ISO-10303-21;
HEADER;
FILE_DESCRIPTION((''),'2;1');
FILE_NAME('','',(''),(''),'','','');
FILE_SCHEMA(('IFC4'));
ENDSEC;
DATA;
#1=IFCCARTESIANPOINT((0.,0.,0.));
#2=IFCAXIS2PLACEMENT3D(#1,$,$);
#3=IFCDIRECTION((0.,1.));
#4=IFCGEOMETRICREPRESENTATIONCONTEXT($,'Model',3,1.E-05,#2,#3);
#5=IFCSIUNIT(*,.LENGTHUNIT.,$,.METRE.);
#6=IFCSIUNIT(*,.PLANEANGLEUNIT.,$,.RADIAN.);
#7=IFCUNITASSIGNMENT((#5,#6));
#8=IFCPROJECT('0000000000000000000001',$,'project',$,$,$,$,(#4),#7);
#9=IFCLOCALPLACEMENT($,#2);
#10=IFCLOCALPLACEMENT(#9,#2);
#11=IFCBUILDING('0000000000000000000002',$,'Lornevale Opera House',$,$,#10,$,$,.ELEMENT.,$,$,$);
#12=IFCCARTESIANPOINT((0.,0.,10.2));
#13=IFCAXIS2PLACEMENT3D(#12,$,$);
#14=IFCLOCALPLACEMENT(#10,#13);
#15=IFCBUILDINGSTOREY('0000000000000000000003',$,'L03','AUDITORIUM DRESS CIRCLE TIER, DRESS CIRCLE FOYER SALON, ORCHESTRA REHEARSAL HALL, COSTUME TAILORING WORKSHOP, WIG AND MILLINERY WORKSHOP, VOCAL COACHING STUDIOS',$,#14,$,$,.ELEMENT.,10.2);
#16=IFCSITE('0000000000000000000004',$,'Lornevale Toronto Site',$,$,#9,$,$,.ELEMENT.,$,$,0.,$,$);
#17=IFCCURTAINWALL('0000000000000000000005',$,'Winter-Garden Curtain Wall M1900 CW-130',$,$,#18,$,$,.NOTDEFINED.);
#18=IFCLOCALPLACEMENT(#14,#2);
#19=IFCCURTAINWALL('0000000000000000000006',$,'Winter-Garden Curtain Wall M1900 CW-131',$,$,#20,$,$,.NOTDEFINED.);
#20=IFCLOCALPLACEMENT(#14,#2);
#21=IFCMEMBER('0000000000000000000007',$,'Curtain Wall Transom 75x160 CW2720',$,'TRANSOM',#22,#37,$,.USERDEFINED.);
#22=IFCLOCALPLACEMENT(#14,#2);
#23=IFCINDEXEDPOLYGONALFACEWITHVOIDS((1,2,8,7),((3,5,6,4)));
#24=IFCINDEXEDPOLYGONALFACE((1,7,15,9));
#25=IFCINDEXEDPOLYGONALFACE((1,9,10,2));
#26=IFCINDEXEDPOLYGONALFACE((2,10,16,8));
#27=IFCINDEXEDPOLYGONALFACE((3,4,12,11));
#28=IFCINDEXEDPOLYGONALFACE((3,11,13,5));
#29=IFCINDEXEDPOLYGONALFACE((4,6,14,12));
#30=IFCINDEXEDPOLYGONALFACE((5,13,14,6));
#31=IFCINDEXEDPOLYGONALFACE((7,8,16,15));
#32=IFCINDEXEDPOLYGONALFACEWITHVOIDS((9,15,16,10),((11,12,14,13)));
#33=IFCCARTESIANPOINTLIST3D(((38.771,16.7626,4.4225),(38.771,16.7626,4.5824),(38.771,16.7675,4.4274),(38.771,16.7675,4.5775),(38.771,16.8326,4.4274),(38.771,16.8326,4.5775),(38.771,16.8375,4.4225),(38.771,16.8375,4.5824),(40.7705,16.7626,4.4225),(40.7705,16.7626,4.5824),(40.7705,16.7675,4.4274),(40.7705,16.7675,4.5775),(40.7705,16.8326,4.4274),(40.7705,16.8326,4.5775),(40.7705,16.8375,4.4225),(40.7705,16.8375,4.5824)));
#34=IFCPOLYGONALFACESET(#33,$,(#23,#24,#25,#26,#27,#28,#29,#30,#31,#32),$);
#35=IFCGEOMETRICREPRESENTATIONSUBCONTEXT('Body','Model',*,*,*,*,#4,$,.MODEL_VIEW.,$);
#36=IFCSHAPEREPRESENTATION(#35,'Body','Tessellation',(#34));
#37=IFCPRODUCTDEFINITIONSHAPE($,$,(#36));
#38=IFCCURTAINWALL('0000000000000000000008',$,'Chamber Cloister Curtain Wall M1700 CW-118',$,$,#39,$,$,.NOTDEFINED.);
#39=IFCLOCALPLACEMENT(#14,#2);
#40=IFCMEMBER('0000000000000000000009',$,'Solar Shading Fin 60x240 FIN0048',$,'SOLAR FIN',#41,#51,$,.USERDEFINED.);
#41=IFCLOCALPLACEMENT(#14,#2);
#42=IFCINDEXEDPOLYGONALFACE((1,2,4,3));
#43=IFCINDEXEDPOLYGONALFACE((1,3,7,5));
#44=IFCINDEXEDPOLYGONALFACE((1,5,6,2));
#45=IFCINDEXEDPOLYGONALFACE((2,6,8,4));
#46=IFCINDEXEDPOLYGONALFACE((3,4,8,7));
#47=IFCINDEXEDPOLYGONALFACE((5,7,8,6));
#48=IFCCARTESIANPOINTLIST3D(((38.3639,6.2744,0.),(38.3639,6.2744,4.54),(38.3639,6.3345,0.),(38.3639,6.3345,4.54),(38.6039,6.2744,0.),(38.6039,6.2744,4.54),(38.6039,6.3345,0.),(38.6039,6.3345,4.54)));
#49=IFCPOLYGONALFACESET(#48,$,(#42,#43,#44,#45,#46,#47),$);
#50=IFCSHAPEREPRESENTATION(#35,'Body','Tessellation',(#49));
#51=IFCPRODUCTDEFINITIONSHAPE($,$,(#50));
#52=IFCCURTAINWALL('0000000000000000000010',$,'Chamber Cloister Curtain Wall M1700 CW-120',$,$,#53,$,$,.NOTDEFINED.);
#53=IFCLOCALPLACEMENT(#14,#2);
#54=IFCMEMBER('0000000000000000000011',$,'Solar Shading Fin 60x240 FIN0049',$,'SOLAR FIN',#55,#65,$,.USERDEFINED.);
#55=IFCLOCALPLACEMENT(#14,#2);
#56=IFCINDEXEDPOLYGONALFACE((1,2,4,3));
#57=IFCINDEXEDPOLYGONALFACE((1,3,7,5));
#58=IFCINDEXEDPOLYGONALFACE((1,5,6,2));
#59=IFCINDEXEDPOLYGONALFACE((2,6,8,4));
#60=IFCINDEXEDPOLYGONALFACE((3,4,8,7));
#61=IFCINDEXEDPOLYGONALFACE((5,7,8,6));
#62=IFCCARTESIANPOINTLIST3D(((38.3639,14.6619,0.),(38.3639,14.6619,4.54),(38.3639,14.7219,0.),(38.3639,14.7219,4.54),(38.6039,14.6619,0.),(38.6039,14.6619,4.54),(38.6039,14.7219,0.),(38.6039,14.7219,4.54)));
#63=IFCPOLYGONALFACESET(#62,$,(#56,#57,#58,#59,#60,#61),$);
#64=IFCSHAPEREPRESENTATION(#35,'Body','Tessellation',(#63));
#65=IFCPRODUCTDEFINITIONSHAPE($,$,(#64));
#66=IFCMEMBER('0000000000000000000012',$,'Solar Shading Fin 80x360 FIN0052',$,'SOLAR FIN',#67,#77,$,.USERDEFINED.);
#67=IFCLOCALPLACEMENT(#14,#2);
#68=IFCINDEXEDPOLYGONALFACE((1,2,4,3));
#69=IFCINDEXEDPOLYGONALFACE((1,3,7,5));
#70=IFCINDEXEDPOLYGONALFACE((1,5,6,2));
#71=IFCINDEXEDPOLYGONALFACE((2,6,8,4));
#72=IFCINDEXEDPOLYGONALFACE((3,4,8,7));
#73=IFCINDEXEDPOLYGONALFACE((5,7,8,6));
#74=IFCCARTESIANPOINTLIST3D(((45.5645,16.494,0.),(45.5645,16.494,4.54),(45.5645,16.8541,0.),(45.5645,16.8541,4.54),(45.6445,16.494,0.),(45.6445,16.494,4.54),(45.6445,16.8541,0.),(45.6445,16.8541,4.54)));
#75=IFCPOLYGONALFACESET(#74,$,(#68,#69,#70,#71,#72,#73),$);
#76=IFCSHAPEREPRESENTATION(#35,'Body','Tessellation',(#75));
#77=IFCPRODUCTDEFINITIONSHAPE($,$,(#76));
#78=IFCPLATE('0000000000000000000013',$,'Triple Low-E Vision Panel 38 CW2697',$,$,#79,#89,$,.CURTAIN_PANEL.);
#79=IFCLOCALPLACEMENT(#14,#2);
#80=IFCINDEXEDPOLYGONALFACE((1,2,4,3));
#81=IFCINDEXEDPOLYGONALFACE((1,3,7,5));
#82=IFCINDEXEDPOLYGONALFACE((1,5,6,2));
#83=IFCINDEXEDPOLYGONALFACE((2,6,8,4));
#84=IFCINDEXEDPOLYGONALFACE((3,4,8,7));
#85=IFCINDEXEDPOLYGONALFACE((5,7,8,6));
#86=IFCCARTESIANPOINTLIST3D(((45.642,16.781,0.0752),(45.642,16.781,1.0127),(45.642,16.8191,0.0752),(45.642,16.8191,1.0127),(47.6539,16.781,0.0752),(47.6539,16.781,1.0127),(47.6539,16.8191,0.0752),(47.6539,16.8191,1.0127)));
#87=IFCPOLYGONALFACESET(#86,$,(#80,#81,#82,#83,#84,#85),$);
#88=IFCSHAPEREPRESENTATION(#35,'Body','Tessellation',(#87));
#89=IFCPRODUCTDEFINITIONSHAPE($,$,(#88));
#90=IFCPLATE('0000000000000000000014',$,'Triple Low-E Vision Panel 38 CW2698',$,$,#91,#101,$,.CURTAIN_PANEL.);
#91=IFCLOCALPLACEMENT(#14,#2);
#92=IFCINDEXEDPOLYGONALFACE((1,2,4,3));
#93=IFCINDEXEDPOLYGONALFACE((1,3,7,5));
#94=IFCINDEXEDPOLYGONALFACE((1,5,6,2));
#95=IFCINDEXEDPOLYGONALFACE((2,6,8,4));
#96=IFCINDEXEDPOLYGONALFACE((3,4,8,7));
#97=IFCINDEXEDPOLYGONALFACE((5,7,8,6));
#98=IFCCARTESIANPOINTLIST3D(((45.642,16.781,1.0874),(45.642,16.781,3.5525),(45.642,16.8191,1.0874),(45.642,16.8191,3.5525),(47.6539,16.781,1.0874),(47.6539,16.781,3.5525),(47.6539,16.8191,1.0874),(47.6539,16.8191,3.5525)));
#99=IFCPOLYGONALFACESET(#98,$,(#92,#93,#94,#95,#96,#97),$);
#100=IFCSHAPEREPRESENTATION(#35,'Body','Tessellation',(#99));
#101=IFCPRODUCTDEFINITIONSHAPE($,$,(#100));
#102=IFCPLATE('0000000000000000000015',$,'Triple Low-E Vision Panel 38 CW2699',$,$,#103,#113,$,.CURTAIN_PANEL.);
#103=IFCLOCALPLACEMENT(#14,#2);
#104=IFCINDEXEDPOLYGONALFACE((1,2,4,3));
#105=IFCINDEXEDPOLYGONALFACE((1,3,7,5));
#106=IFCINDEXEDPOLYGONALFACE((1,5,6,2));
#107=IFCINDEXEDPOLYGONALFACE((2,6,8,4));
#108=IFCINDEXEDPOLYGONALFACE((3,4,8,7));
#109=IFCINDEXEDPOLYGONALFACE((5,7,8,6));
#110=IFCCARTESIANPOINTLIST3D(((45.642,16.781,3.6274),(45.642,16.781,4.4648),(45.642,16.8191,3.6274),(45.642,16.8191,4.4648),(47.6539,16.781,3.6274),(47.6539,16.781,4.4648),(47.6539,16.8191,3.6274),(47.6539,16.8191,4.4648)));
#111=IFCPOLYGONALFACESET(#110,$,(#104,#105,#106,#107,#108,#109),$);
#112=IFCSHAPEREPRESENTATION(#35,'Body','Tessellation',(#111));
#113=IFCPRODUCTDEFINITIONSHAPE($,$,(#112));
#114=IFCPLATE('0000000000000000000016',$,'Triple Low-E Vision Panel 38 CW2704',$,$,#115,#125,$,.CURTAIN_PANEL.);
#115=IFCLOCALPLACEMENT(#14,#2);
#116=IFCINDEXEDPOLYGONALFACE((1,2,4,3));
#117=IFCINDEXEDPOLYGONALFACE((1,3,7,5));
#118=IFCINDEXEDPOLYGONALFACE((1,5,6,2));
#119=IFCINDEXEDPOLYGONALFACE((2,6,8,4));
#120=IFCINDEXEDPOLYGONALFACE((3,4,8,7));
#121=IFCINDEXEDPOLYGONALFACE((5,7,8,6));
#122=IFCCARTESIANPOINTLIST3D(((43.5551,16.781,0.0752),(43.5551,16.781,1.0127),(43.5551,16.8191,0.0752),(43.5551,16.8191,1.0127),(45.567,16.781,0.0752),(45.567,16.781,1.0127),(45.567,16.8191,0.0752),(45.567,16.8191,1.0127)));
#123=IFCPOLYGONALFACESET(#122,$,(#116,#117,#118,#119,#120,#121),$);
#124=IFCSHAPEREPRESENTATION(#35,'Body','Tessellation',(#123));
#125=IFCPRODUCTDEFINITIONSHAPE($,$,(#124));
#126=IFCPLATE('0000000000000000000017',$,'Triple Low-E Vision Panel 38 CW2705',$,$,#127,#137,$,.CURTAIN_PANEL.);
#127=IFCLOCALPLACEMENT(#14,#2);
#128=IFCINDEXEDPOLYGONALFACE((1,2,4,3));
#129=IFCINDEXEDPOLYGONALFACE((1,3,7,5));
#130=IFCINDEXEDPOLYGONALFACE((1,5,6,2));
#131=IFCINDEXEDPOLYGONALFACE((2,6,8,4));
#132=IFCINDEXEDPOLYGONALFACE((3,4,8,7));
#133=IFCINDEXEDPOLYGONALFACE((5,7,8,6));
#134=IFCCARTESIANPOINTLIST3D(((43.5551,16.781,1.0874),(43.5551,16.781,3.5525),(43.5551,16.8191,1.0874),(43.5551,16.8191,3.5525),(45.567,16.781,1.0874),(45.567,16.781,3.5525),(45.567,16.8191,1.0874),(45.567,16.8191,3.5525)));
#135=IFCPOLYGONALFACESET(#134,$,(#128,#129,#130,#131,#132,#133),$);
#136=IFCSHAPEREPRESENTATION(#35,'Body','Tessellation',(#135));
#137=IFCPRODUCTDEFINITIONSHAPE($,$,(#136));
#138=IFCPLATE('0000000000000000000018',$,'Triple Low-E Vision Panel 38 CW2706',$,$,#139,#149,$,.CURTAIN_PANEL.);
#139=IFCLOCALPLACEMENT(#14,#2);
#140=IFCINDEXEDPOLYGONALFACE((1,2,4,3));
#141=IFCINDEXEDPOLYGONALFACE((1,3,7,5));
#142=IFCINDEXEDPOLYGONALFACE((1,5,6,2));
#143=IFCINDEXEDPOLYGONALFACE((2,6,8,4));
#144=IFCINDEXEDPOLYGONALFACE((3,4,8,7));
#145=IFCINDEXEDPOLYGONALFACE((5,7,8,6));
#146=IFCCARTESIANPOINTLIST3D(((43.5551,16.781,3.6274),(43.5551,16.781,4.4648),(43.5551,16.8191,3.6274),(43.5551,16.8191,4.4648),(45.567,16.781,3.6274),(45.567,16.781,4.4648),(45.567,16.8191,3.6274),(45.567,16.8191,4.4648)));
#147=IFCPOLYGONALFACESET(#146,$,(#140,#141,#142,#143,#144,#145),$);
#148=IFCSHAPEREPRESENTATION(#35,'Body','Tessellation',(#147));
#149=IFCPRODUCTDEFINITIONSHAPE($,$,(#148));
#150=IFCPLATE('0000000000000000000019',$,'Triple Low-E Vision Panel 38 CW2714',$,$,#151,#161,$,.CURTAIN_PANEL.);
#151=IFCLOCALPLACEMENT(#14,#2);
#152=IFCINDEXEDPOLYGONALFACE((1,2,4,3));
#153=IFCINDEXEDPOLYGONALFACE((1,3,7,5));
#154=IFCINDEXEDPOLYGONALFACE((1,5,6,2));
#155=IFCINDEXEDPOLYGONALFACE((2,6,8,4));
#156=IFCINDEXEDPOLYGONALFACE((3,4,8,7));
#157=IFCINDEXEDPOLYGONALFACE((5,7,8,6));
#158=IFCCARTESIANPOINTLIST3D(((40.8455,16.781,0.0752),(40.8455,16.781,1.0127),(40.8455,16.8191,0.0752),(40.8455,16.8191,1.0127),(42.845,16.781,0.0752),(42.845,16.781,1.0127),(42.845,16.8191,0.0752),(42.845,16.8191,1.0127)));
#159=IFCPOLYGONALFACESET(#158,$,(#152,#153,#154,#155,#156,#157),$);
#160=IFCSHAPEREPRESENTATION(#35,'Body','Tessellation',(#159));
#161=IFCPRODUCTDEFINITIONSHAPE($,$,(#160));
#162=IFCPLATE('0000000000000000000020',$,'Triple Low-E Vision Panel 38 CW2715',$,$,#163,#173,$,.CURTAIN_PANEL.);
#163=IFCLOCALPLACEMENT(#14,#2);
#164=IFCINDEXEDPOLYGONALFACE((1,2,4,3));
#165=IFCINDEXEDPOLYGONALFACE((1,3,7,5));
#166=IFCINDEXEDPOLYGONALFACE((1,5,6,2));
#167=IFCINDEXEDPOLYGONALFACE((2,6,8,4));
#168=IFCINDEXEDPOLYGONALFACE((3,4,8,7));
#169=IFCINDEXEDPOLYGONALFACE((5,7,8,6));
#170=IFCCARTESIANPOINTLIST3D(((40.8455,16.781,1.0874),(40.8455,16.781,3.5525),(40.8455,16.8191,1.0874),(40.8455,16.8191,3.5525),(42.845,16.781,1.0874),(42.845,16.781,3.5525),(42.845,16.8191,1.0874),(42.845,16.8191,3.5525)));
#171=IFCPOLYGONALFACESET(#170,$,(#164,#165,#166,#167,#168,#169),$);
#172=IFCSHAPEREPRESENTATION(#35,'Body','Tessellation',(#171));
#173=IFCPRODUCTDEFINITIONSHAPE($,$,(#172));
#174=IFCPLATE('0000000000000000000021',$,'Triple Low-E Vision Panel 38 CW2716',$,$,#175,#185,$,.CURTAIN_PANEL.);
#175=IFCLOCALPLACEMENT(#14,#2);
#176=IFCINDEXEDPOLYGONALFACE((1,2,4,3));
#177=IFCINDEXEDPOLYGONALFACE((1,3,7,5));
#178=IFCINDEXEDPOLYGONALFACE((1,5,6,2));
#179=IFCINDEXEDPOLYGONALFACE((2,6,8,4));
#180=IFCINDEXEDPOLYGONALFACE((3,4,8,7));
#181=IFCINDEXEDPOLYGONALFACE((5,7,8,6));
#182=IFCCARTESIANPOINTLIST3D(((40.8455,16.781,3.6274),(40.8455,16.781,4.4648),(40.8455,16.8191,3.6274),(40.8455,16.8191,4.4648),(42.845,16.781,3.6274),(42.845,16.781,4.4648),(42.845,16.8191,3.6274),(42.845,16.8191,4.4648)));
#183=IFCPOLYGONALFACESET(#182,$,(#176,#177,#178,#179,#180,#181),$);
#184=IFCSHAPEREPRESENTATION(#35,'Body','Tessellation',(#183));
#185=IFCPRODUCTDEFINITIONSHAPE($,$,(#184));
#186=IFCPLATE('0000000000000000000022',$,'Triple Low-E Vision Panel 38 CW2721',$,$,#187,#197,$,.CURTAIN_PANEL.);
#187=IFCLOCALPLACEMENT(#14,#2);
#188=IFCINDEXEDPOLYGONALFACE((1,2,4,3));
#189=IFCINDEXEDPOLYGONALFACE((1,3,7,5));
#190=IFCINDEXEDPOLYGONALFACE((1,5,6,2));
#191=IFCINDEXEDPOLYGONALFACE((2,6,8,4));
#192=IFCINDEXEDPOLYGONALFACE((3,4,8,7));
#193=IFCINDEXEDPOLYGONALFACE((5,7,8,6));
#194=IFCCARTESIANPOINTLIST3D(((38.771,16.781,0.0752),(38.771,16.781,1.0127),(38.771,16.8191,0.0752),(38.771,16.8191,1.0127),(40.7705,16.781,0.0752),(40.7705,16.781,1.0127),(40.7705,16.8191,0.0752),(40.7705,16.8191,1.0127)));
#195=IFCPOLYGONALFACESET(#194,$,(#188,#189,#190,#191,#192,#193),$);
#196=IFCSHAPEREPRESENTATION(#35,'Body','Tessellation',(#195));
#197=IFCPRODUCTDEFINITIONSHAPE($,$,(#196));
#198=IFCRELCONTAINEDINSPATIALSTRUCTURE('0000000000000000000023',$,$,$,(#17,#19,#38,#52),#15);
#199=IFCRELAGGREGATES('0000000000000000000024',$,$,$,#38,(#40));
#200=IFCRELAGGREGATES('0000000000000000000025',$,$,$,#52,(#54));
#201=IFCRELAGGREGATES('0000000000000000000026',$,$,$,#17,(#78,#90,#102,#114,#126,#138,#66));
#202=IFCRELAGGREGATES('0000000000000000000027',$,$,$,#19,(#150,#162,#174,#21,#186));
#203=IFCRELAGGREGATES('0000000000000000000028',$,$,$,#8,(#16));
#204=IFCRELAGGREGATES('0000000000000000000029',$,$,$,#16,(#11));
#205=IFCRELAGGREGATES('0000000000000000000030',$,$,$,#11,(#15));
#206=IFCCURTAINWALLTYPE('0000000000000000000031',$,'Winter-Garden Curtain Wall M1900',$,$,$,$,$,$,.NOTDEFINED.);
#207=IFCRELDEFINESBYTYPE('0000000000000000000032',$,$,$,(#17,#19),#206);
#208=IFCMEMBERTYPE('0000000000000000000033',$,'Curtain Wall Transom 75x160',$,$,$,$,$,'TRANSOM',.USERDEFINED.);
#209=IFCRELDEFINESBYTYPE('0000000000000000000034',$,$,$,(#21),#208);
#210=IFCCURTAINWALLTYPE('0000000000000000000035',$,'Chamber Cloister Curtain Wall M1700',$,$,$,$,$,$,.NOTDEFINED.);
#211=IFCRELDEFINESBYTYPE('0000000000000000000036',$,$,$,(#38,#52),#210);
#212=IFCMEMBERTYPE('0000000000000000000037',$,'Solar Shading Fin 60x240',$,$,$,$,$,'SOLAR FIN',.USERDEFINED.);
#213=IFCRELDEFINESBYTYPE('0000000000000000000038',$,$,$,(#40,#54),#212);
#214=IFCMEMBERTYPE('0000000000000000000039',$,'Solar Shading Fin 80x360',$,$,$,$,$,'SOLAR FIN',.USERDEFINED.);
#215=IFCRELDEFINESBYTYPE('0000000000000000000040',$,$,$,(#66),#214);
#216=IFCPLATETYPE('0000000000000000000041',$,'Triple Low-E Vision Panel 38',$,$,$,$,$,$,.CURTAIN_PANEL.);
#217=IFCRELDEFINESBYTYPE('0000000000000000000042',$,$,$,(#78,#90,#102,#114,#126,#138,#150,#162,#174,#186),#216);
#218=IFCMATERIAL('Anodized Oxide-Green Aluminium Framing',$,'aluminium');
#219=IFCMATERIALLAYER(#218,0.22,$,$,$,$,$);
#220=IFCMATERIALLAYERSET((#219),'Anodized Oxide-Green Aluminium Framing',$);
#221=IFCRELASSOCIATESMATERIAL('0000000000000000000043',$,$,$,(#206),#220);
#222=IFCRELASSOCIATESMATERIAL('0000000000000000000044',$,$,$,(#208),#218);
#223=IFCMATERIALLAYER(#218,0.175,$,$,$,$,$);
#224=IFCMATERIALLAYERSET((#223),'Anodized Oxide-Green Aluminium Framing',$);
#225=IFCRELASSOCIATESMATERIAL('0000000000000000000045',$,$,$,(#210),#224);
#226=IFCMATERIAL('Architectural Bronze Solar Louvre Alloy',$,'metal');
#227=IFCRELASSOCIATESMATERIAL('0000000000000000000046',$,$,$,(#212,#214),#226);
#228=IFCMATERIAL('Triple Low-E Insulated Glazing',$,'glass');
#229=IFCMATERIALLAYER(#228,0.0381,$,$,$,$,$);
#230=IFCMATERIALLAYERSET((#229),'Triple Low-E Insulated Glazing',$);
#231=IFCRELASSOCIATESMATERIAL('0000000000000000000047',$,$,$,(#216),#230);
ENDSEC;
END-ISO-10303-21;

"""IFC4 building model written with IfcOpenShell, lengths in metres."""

from ifc_helpers import new_model, si_unit, direction, frame, origin, origin_2d, place, context, subcontext, project, spatial, rectangle, hollow_rectangle, extrude, material, layer, layer_set, material_profile, profile_set, type_object, element, aggregate, save


model = new_model("IFC4")

# Units and contexts
model_context = context("Model", 3, precision=1e-05, world=origin(), true_north=direction((0.0, 1.0)))
body_context = subcontext(model_context, "Body", "Model", "MODEL_VIEW")
ifc_project = project(units=[si_unit("LENGTHUNIT", "METRE"), si_unit("PLANEANGLEUNIT", "RADIAN")], contexts=[model_context])

# Site, building, storey
site_placement = place(None, origin())
site = spatial("IfcSite", under=ifc_project, at=site_placement, Name="Lornevale Toronto Site", CompositionType="ELEMENT", RefElevation=0.0)
building_placement = place(site_placement, origin())
building = spatial("IfcBuilding", under=site, at=building_placement, Name="Lornevale Opera House", CompositionType="ELEMENT")
storey_placement = place(building_placement, frame((0.0, 0.0, 10.2)))
storey = spatial("IfcBuildingStorey", under=building, at=storey_placement, Name="L03", Description="AUDITORIUM DRESS CIRCLE TIER, DRESS CIRCLE FOYER SALON, ORCHESTRA REHEARSAL HALL, COSTUME TAILORING WORKSHOP, WIG AND MILLINERY WORKSHOP, VOCAL COACHING STUDIOS", CompositionType="ELEMENT", Elevation=10.2)

# Curtain walls
ifc_material_1 = material(Name="Anodized Oxide-Green Aluminium Framing", Category="aluminium")
ifc_layer_1 = layer(ifc_material_1, 0.22)
ifc_layer_set_1 = layer_set([ifc_layer_1], Name="Anodized Oxide-Green Aluminium Framing")
curtain_wall_type_1 = type_object("IfcCurtainWallType", Name="Winter-Garden Curtain Wall M1900", PredefinedType="NOTDEFINED", material=ifc_layer_set_1)
curtain_wall_1_placement = place(storey_placement, origin())
curtain_wall_1 = element("IfcCurtainWall", 1, at=curtain_wall_1_placement, inside=storey, type_object=curtain_wall_type_1, Name="Winter-Garden Curtain Wall M1900 CW-130", PredefinedType="NOTDEFINED")
curtain_wall_2_placement = place(storey_placement, origin())
curtain_wall_2 = element("IfcCurtainWall", 2, at=curtain_wall_2_placement, inside=storey, type_object=curtain_wall_type_1, Name="Winter-Garden Curtain Wall M1900 CW-131", PredefinedType="NOTDEFINED")

# Member
ifc_material_profile_1 = material_profile(ifc_material_1, hollow_rectangle(XDim=0.075, YDim=0.1599, WallThickness=0.0049, at=origin_2d()), Name="ALU75x160x5")
ifc_profile_set_1 = profile_set([ifc_material_profile_1], Name="Anodized Oxide-Green Aluminium Framing")
member_type_1 = type_object("IfcMemberType", Name="Curtain Wall Transom 75x160", ElementType="TRANSOM", PredefinedType="USERDEFINED", material=ifc_profile_set_1)
member_1_placement = place(storey_placement, frame((40.7705, 16.8, 4.5024), z_axis=(-1.0, 0.0, 0.0), x_axis=(0.0, -1.0, 0.0)))
member_1 = element("IfcMember", 3, at=member_1_placement, type_object=member_type_1, Name="Curtain Wall Transom 75x160 CW2720", ObjectType="TRANSOM", PredefinedType="USERDEFINED", context=body_context, shape_type="SweptSolid", body=[
    extrude(hollow_rectangle(XDim=0.075, YDim=0.1599, WallThickness=0.0049, at=origin_2d()), origin(), (0.0, 0.0, 1.0), 1.9995),
])

# Curtain walls, members
ifc_layer_2 = layer(ifc_material_1, 0.175)
ifc_layer_set_2 = layer_set([ifc_layer_2], Name="Anodized Oxide-Green Aluminium Framing")
curtain_wall_type_2 = type_object("IfcCurtainWallType", Name="Chamber Cloister Curtain Wall M1700", PredefinedType="NOTDEFINED", material=ifc_layer_set_2)
curtain_wall_3_placement = place(storey_placement, origin())
curtain_wall_3 = element("IfcCurtainWall", 4, at=curtain_wall_3_placement, inside=storey, type_object=curtain_wall_type_2, Name="Chamber Cloister Curtain Wall M1700 CW-118", PredefinedType="NOTDEFINED")
ifc_material_2 = material(Name="Architectural Bronze Solar Louvre Alloy", Category="metal")
ifc_material_profile_2 = material_profile(ifc_material_2, rectangle(XDim=0.0601, YDim=0.24, at=origin_2d()), Name="FIN60x240")
ifc_profile_set_2 = profile_set([ifc_material_profile_2], Name="Architectural Bronze Solar Louvre Alloy")
member_type_2 = type_object("IfcMemberType", Name="Solar Shading Fin 60x240", ElementType="SOLAR FIN", PredefinedType="USERDEFINED", material=ifc_profile_set_2)
member_2_placement = place(storey_placement, frame((38.4839, 6.3044, 0.0), z_axis=(0.0, 0.0, 1.0), x_axis=(0.0, -1.0, 0.0)))
member_2 = element("IfcMember", 5, at=member_2_placement, type_object=member_type_2, Name="Solar Shading Fin 60x240 FIN0048", ObjectType="SOLAR FIN", PredefinedType="USERDEFINED", context=body_context, shape_type="SweptSolid", body=[
    extrude(rectangle(XDim=0.0601, YDim=0.24, at=origin_2d()), origin(), (0.0, 0.0, 1.0), 4.54),
])
aggregate(curtain_wall_3, [member_2])
curtain_wall_4_placement = place(storey_placement, origin())
curtain_wall_4 = element("IfcCurtainWall", 6, at=curtain_wall_4_placement, inside=storey, type_object=curtain_wall_type_2, Name="Chamber Cloister Curtain Wall M1700 CW-120", PredefinedType="NOTDEFINED")
member_3_placement = place(storey_placement, frame((38.4839, 14.6919, 0.0), z_axis=(0.0, 0.0, 1.0), x_axis=(0.0, -1.0, 0.0)))
member_3 = element("IfcMember", 7, at=member_3_placement, type_object=member_type_2, Name="Solar Shading Fin 60x240 FIN0049", ObjectType="SOLAR FIN", PredefinedType="USERDEFINED", context=body_context, shape_type="SweptSolid", body=[
    extrude(rectangle(XDim=0.0601, YDim=0.24, at=origin_2d()), origin(), (0.0, 0.0, 1.0), 4.54),
])
aggregate(curtain_wall_4, [member_3])

# Member
ifc_material_profile_3 = material_profile(ifc_material_2, rectangle(XDim=0.0801, YDim=0.3601, at=origin_2d()), Name="FIN80x360")
ifc_profile_set_3 = profile_set([ifc_material_profile_3], Name="Architectural Bronze Solar Louvre Alloy")
member_type_3 = type_object("IfcMemberType", Name="Solar Shading Fin 80x360", ElementType="SOLAR FIN", PredefinedType="USERDEFINED", material=ifc_profile_set_3)
member_4_placement = place(storey_placement, frame((45.6045, 16.6741, 0.0), z_axis=(0.0, 0.0, 1.0), x_axis=(-1.0, 0.0, 0.0)))
member_4 = element("IfcMember", 8, at=member_4_placement, type_object=member_type_3, Name="Solar Shading Fin 80x360 FIN0052", ObjectType="SOLAR FIN", PredefinedType="USERDEFINED", context=body_context, shape_type="SweptSolid", body=[
    extrude(rectangle(XDim=0.0801, YDim=0.3601, at=origin_2d()), origin(), (0.0, 0.0, 1.0), 4.54),
])

# Plates
ifc_material_3 = material(Name="Triple Low-E Insulated Glazing", Category="glass")
ifc_layer_3 = layer(ifc_material_3, 0.0381)
ifc_layer_set_3 = layer_set([ifc_layer_3], Name="Triple Low-E Insulated Glazing")
plate_type = type_object("IfcPlateType", Name="Triple Low-E Vision Panel 38", PredefinedType="CURTAIN_PANEL", material=ifc_layer_set_3)
plate_1_placement = place(storey_placement, frame((46.6479, 16.8, 0.0752), z_axis=(0.0, 0.0, 1.0), x_axis=(-1.0, 0.0, 0.0)))
plate_1 = element("IfcPlate", 9, at=plate_1_placement, type_object=plate_type, Name="Triple Low-E Vision Panel 38 CW2697", PredefinedType="CURTAIN_PANEL", context=body_context, shape_type="SweptSolid", body=[
    extrude(rectangle(XDim=2.012, YDim=0.0381, at=origin_2d()), origin(), (0.0, 0.0, 1.0), 0.9375),
])
plate_2_placement = place(storey_placement, frame((46.6479, 16.8, 1.0874), z_axis=(0.0, 0.0, 1.0), x_axis=(-1.0, 0.0, 0.0)))
plate_2 = element("IfcPlate", 10, at=plate_2_placement, type_object=plate_type, Name="Triple Low-E Vision Panel 38 CW2698", PredefinedType="CURTAIN_PANEL", context=body_context, shape_type="SweptSolid", body=[
    extrude(rectangle(XDim=2.012, YDim=0.0381, at=origin_2d()), origin(), (0.0, 0.0, 1.0), 2.4651),
])
plate_3_placement = place(storey_placement, frame((46.6479, 16.8, 3.6274), z_axis=(0.0, 0.0, 1.0), x_axis=(-1.0, 0.0, 0.0)))
plate_3 = element("IfcPlate", 11, at=plate_3_placement, type_object=plate_type, Name="Triple Low-E Vision Panel 38 CW2699", PredefinedType="CURTAIN_PANEL", context=body_context, shape_type="SweptSolid", body=[
    extrude(rectangle(XDim=2.012, YDim=0.0381, at=origin_2d()), origin(), (0.0, 0.0, 1.0), 0.8374),
])
plate_4_placement = place(storey_placement, frame((44.561, 16.8, 0.0752), z_axis=(0.0, 0.0, 1.0), x_axis=(-1.0, 0.0, 0.0)))
plate_4 = element("IfcPlate", 12, at=plate_4_placement, type_object=plate_type, Name="Triple Low-E Vision Panel 38 CW2704", PredefinedType="CURTAIN_PANEL", context=body_context, shape_type="SweptSolid", body=[
    extrude(rectangle(XDim=2.012, YDim=0.0381, at=origin_2d()), origin(), (0.0, 0.0, 1.0), 0.9375),
])
plate_5_placement = place(storey_placement, frame((44.561, 16.8, 1.0874), z_axis=(0.0, 0.0, 1.0), x_axis=(-1.0, 0.0, 0.0)))
plate_5 = element("IfcPlate", 13, at=plate_5_placement, type_object=plate_type, Name="Triple Low-E Vision Panel 38 CW2705", PredefinedType="CURTAIN_PANEL", context=body_context, shape_type="SweptSolid", body=[
    extrude(rectangle(XDim=2.012, YDim=0.0381, at=origin_2d()), origin(), (0.0, 0.0, 1.0), 2.4651),
])
plate_6_placement = place(storey_placement, frame((44.561, 16.8, 3.6274), z_axis=(0.0, 0.0, 1.0), x_axis=(-1.0, 0.0, 0.0)))
plate_6 = element("IfcPlate", 14, at=plate_6_placement, type_object=plate_type, Name="Triple Low-E Vision Panel 38 CW2706", PredefinedType="CURTAIN_PANEL", context=body_context, shape_type="SweptSolid", body=[
    extrude(rectangle(XDim=2.012, YDim=0.0381, at=origin_2d()), origin(), (0.0, 0.0, 1.0), 0.8374),
])
aggregate(curtain_wall_1, [plate_1, plate_2, plate_3, plate_4, plate_5, plate_6, member_4])
plate_7_placement = place(storey_placement, frame((41.8452, 16.8, 0.0752), z_axis=(0.0, 0.0, 1.0), x_axis=(-1.0, 0.0, 0.0)))
plate_7 = element("IfcPlate", 15, at=plate_7_placement, type_object=plate_type, Name="Triple Low-E Vision Panel 38 CW2714", PredefinedType="CURTAIN_PANEL", context=body_context, shape_type="SweptSolid", body=[
    extrude(rectangle(XDim=1.9995, YDim=0.0381, at=origin_2d()), origin(), (0.0, 0.0, 1.0), 0.9375),
])
plate_8_placement = place(storey_placement, frame((41.8452, 16.8, 1.0874), z_axis=(0.0, 0.0, 1.0), x_axis=(-1.0, 0.0, 0.0)))
plate_8 = element("IfcPlate", 16, at=plate_8_placement, type_object=plate_type, Name="Triple Low-E Vision Panel 38 CW2715", PredefinedType="CURTAIN_PANEL", context=body_context, shape_type="SweptSolid", body=[
    extrude(rectangle(XDim=1.9995, YDim=0.0381, at=origin_2d()), origin(), (0.0, 0.0, 1.0), 2.4651),
])
plate_9_placement = place(storey_placement, frame((41.8452, 16.8, 3.6274), z_axis=(0.0, 0.0, 1.0), x_axis=(-1.0, 0.0, 0.0)))
plate_9 = element("IfcPlate", 17, at=plate_9_placement, type_object=plate_type, Name="Triple Low-E Vision Panel 38 CW2716", PredefinedType="CURTAIN_PANEL", context=body_context, shape_type="SweptSolid", body=[
    extrude(rectangle(XDim=1.9995, YDim=0.0381, at=origin_2d()), origin(), (0.0, 0.0, 1.0), 0.8374),
])
plate_10_placement = place(storey_placement, frame((39.7708, 16.8, 0.0752), z_axis=(0.0, 0.0, 1.0), x_axis=(-1.0, 0.0, 0.0)))
plate_10 = element("IfcPlate", 18, at=plate_10_placement, type_object=plate_type, Name="Triple Low-E Vision Panel 38 CW2721", PredefinedType="CURTAIN_PANEL", context=body_context, shape_type="SweptSolid", body=[
    extrude(rectangle(XDim=1.9995, YDim=0.0381, at=origin_2d()), origin(), (0.0, 0.0, 1.0), 0.9375),
])
aggregate(curtain_wall_2, [plate_7, plate_8, plate_9, member_1, plate_10])

save(model, "model.ifc")
